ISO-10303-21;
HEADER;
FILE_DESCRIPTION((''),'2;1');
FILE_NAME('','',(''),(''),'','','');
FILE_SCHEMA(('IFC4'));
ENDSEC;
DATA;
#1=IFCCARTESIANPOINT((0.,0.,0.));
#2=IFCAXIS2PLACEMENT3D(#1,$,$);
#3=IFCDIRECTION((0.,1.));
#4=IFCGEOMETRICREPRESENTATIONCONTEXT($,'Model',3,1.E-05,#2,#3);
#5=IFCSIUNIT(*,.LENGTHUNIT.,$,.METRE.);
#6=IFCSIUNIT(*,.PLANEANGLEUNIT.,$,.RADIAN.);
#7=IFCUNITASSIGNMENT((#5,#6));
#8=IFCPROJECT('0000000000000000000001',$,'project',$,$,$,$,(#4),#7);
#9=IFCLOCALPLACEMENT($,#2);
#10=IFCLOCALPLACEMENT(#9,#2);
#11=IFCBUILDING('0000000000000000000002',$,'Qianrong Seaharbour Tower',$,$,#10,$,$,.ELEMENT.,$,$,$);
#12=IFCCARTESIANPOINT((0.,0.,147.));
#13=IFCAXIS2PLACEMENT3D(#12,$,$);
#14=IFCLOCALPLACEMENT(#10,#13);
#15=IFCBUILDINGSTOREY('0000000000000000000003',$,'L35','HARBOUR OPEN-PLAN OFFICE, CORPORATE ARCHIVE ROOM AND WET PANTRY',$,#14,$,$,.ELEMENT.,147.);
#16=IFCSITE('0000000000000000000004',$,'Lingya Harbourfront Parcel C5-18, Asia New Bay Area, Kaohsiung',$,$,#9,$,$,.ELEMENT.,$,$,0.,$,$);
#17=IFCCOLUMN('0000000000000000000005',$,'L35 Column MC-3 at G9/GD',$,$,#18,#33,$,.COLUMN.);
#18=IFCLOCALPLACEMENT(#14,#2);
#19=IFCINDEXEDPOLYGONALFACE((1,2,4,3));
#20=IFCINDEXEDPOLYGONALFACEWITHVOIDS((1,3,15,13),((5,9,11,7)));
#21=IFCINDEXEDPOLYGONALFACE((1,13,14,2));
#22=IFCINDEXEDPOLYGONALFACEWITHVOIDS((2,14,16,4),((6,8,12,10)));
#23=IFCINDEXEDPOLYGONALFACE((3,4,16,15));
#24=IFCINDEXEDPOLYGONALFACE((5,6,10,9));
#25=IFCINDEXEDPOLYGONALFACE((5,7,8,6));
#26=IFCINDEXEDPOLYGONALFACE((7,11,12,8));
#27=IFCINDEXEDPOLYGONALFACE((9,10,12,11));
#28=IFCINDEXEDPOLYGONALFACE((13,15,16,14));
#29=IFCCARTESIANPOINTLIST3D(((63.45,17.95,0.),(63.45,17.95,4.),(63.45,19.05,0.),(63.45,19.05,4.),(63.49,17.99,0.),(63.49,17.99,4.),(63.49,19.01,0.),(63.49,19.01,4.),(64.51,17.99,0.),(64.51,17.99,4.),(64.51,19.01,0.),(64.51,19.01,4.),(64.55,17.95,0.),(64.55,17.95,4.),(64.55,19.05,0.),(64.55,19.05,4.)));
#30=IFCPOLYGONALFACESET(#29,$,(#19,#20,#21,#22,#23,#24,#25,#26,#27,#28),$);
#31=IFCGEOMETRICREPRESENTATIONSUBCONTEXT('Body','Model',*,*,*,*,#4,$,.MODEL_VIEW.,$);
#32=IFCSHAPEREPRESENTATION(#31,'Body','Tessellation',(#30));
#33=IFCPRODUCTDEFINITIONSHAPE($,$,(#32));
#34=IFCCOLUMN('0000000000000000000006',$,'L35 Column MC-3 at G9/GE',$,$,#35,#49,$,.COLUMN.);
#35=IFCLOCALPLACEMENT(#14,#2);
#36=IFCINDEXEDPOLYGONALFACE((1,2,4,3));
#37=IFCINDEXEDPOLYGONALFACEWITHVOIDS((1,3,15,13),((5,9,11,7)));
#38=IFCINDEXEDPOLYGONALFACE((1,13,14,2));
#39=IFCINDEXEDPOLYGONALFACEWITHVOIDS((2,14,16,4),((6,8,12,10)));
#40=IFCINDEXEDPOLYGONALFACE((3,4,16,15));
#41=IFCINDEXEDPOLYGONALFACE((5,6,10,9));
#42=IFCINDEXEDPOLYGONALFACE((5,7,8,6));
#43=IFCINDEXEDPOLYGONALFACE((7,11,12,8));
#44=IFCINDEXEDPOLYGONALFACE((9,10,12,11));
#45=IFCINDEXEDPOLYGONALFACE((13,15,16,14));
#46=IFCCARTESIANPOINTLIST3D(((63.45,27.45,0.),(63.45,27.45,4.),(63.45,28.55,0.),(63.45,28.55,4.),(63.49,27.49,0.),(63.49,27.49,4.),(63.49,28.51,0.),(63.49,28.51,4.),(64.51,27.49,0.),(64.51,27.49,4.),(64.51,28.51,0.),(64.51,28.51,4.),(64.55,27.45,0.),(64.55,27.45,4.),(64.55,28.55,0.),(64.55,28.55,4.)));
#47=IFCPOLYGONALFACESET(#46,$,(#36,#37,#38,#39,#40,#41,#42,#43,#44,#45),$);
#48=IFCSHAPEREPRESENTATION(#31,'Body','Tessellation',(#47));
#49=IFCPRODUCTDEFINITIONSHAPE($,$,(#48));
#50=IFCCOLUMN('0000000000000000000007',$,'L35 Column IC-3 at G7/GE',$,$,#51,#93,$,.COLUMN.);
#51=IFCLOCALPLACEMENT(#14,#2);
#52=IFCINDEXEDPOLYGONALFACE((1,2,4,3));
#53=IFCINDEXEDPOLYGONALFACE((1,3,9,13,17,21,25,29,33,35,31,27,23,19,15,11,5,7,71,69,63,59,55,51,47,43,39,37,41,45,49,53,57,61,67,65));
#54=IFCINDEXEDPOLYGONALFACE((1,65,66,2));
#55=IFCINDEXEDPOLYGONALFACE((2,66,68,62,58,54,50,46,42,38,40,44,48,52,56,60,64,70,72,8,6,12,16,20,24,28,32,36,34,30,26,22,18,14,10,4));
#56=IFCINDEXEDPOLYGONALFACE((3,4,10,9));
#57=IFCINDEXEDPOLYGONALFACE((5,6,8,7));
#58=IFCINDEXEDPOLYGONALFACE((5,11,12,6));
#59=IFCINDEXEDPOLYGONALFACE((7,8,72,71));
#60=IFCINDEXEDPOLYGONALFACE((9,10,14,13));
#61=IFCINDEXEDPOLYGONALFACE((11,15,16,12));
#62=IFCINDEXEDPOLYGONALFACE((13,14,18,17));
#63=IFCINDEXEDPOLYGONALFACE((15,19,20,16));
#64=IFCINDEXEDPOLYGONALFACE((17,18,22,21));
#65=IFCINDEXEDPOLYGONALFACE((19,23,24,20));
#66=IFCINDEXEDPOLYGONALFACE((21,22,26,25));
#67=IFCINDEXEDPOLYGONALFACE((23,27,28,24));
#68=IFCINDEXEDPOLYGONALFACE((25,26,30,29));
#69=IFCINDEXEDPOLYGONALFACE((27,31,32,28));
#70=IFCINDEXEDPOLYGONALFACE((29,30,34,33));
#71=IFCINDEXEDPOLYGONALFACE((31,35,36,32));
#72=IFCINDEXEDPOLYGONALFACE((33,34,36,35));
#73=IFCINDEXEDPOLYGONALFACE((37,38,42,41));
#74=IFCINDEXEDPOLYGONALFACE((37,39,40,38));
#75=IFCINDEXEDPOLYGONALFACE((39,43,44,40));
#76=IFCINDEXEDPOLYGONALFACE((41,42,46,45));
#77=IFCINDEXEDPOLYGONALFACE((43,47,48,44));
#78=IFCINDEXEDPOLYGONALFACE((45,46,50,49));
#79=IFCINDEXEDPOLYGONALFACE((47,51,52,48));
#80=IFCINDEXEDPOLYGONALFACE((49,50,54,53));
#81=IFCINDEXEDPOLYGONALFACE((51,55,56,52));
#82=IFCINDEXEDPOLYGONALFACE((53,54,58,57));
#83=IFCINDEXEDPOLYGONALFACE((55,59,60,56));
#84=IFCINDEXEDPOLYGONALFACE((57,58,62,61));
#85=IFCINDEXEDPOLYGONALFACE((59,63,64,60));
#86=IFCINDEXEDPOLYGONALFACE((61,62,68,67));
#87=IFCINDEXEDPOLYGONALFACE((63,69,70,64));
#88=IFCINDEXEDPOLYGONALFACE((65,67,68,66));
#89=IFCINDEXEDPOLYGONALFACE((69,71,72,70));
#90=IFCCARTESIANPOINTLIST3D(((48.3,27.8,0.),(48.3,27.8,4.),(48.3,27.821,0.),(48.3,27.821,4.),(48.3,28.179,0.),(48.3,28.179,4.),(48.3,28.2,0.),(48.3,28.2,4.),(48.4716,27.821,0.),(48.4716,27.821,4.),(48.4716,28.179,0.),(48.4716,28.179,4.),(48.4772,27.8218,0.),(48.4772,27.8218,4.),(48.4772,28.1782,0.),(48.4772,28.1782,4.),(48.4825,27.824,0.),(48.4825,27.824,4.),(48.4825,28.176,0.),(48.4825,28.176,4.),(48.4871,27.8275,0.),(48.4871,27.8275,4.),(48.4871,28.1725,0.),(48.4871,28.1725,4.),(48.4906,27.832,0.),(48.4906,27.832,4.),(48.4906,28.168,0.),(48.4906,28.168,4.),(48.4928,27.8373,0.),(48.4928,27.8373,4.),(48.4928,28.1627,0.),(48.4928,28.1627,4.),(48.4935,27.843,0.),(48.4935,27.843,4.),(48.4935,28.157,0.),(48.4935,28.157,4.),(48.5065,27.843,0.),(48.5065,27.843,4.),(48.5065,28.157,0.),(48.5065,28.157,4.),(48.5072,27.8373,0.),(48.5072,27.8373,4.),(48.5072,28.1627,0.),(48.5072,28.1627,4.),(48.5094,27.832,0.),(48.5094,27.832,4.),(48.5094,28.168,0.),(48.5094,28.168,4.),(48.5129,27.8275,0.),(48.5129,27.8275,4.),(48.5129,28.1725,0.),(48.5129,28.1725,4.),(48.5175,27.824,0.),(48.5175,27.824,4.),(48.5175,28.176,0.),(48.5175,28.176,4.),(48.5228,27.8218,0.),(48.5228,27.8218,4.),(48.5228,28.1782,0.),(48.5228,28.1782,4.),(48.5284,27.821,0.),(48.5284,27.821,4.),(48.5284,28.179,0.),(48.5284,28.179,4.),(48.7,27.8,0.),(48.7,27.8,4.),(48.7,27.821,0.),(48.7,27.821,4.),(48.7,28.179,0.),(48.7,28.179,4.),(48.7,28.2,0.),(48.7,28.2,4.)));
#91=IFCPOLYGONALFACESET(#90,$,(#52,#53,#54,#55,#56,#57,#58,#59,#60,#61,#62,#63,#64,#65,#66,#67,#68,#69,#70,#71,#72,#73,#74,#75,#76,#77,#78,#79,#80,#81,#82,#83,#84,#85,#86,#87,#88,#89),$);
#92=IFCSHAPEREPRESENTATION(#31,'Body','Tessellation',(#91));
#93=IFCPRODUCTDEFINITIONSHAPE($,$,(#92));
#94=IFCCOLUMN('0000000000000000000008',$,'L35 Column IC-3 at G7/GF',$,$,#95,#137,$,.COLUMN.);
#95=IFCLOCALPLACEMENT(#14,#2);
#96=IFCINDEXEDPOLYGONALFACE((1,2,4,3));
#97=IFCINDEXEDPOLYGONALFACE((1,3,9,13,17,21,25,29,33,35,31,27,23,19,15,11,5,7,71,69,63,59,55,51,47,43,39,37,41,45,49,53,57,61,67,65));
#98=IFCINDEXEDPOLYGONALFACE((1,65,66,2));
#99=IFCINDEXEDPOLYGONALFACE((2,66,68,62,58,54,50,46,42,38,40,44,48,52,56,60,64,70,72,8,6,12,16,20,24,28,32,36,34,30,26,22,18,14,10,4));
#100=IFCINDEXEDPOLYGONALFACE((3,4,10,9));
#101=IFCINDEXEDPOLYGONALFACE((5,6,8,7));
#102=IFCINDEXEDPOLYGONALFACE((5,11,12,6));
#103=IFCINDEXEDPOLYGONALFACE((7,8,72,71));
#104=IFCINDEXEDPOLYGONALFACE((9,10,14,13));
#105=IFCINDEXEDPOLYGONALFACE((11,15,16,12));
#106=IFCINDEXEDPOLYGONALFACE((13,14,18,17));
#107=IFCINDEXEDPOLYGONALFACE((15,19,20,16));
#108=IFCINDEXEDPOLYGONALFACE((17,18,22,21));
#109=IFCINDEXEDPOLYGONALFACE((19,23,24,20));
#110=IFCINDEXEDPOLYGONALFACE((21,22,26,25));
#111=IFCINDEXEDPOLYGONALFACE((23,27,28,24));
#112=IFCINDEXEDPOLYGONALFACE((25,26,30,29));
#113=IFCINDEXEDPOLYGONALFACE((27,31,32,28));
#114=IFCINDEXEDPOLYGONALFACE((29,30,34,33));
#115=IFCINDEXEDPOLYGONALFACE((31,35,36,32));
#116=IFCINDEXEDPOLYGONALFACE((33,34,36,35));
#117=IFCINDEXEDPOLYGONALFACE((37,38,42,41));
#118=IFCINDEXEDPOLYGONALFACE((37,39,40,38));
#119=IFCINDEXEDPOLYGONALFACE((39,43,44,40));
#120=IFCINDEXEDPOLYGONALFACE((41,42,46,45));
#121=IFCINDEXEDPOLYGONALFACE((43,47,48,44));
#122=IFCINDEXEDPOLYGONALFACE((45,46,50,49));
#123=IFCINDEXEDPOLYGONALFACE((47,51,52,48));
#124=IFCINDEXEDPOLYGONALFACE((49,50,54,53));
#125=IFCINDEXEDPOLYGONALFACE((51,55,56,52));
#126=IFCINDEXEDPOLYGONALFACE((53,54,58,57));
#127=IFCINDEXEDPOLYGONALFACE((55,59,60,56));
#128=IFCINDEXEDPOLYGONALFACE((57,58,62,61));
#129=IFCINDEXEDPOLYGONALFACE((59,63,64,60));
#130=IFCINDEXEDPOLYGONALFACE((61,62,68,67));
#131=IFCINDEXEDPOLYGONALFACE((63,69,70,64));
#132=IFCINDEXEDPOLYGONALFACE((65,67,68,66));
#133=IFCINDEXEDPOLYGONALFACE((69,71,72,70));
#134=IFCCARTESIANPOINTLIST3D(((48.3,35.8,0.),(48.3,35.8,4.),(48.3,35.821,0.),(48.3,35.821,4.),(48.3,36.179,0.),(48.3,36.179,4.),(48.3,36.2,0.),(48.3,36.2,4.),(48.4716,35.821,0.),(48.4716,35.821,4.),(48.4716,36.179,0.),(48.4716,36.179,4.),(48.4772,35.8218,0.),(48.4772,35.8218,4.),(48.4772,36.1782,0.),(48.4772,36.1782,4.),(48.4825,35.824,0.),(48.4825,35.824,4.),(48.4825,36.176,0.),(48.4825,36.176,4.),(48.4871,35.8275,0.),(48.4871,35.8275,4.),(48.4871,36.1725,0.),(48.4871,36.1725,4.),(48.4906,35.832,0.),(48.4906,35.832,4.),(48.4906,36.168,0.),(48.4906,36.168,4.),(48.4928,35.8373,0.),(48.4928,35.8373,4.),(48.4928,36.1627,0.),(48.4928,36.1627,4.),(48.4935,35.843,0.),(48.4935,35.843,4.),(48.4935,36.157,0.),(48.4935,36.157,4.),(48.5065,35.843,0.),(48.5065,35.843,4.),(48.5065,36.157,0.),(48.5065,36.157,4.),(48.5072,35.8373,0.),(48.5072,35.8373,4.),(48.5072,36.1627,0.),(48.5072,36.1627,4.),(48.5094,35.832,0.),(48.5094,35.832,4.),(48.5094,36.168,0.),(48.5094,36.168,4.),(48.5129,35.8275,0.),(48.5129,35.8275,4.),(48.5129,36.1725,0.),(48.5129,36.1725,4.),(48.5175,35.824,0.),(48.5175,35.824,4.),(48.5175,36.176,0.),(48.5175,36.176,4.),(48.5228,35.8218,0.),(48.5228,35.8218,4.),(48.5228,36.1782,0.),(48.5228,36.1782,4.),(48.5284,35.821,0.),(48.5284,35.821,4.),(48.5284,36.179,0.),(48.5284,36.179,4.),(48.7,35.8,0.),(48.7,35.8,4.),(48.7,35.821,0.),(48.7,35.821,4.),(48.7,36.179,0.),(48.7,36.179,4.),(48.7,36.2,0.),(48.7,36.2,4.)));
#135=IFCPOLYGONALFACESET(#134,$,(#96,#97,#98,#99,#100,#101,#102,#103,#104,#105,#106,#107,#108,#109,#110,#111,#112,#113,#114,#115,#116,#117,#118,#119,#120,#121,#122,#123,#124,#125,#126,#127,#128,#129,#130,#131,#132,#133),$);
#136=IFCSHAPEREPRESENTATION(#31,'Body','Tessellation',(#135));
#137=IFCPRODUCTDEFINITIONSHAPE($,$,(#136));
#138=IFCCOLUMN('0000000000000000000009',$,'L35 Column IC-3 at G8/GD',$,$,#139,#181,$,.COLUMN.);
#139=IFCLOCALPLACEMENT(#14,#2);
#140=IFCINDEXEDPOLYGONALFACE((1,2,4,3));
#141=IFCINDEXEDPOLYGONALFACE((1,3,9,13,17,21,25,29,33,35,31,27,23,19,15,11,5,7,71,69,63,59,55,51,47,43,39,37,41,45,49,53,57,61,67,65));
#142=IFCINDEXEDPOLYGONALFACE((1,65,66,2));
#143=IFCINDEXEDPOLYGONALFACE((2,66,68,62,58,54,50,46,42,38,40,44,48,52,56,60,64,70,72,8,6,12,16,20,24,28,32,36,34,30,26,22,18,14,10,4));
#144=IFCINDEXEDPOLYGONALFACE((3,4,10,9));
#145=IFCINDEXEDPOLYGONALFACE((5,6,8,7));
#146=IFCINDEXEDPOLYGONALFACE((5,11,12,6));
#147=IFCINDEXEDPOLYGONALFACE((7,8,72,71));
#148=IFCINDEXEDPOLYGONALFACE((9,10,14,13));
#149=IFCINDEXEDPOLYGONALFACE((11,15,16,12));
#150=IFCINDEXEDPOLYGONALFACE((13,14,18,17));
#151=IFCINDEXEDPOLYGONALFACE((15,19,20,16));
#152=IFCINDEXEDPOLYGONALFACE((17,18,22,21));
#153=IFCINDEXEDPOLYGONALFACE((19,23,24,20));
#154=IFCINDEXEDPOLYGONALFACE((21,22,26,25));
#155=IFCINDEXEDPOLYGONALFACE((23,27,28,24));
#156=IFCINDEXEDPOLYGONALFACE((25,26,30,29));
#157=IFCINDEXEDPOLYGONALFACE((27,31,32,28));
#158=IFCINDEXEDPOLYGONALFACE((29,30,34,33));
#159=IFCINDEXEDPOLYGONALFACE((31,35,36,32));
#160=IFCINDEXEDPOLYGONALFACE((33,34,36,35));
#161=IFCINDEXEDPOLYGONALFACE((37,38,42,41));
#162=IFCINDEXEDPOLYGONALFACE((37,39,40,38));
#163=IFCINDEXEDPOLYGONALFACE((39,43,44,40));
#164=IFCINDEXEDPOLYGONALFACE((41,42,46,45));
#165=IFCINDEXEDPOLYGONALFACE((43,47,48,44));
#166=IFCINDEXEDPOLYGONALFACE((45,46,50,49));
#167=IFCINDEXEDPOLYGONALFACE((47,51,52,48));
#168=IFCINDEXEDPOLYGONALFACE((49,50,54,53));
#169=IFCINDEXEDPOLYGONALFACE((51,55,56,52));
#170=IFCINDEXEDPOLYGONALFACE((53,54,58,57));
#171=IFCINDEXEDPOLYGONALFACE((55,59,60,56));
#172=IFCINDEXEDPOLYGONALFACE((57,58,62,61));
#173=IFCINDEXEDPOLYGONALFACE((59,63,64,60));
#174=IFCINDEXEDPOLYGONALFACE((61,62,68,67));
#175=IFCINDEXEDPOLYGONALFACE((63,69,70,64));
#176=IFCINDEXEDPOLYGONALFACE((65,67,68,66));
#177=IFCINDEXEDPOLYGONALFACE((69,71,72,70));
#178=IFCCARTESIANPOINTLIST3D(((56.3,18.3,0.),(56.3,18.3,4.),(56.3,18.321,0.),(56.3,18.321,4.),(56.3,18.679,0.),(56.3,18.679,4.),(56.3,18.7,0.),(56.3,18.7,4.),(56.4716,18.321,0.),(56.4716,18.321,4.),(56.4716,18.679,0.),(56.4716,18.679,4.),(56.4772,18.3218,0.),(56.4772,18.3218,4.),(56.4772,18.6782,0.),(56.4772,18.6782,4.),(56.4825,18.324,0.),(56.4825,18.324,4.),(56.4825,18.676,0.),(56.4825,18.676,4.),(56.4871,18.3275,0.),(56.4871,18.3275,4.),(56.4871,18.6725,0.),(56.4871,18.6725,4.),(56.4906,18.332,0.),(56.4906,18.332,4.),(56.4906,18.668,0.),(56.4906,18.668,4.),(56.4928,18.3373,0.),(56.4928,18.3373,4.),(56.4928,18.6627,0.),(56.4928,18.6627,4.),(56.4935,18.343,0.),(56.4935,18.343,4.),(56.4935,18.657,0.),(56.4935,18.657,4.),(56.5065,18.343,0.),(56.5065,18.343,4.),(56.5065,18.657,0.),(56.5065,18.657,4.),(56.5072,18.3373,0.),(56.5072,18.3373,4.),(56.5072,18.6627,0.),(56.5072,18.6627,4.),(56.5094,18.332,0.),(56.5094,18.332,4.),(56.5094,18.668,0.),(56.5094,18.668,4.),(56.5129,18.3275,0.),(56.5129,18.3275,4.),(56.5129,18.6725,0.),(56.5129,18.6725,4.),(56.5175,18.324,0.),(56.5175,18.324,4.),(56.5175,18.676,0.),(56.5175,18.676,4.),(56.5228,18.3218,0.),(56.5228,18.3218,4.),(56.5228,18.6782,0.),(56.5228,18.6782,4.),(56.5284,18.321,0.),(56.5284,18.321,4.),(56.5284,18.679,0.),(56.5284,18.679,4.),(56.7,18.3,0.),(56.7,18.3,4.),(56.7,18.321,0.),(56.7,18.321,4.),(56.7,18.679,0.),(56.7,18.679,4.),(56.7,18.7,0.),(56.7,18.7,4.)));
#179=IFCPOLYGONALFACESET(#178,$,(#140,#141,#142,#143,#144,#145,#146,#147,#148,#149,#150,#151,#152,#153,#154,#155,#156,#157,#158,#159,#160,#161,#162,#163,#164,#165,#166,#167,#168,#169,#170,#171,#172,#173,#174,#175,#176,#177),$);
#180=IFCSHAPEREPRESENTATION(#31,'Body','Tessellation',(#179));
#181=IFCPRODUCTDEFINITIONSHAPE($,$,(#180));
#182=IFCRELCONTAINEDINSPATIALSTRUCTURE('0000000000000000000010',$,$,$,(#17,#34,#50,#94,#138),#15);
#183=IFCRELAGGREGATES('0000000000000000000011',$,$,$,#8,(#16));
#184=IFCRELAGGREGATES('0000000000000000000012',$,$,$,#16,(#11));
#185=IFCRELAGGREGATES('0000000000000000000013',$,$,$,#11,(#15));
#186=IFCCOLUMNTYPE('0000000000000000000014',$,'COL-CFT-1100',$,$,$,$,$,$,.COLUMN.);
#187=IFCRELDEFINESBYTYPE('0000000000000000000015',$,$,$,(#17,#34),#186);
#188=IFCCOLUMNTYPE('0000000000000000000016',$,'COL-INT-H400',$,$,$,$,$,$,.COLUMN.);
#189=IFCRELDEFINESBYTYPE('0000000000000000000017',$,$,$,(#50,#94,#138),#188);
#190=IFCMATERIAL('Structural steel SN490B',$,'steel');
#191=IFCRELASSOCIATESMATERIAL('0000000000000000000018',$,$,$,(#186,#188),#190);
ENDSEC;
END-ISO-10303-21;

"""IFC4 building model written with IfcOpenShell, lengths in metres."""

from ifc_helpers import new_model, si_unit, direction, frame, origin, origin_2d, place, context, subcontext, project, spatial, hollow_rectangle, i_section, extrude, material, material_profile, profile_set, type_object, element, save


model = new_model("IFC4")

# Units and contexts
model_context = context("Model", 3, precision=1e-05, world=origin(), true_north=direction((0.0, 1.0)))
body_context = subcontext(model_context, "Body", "Model", "MODEL_VIEW")
ifc_project = project(units=[si_unit("LENGTHUNIT", "METRE"), si_unit("PLANEANGLEUNIT", "RADIAN")], contexts=[model_context])

# Site, building, storey
site_placement = place(None, origin())
site = spatial("IfcSite", under=ifc_project, at=site_placement, Name="Lingya Harbourfront Parcel C5-18, Asia New Bay Area, Kaohsiung", CompositionType="ELEMENT", RefElevation=0.0)
building_placement = place(site_placement, origin())
building = spatial("IfcBuilding", under=site, at=building_placement, Name="Qianrong Seaharbour Tower", CompositionType="ELEMENT")
storey_placement = place(building_placement, frame((0.0, 0.0, 147.0)))
storey = spatial("IfcBuildingStorey", under=building, at=storey_placement, Name="L35", Description="HARBOUR OPEN-PLAN OFFICE, CORPORATE ARCHIVE ROOM AND WET PANTRY", CompositionType="ELEMENT", Elevation=147.0)

# Columns
ifc_material_1 = material(Name="Structural steel SN490B", Category="steel")
ifc_material_profile_1 = material_profile(ifc_material_1, hollow_rectangle(XDim=1.1001, YDim=1.1001, WallThickness=0.04, at=origin_2d()), Name="BOX1100x1100x40")
ifc_profile_set_1 = profile_set([ifc_material_profile_1], Name="Structural steel SN490B")
column_type_1 = type_object("IfcColumnType", Name="COL-CFT-1100", PredefinedType="COLUMN", material=ifc_profile_set_1)
for number, where, z_axis, x_axis, name in (
    (1, (64.0, 18.5, 0.0), (0.0, 0.0, 1.0), (1.0, 0.0, 0.0), "L35 Column MC-3 at G9/GD"),
    (2, (64.0, 28.0, 0.0), (0.0, 0.0, 1.0), (1.0, 0.0, 0.0), "L35 Column MC-3 at G9/GE"),
):
    element("IfcColumn", number, at=place(storey_placement, frame(where, z_axis=z_axis, x_axis=x_axis)), inside=storey, type_object=column_type_1, Name=name, PredefinedType="COLUMN", context=body_context, shape_type="SweptSolid", body=[
        extrude(hollow_rectangle(XDim=1.1001, YDim=1.1001, WallThickness=0.04, at=origin_2d()), origin(), (0.0, 0.0, 1.0), 4.0),
    ])
ifc_material_profile_2 = material_profile(ifc_material_1, i_section(OverallWidth=0.3999, OverallDepth=0.3999, WebThickness=0.0129, FlangeThickness=0.021, FilletRadius=0.022, at=origin_2d()), Name="H400x400x13x21")
ifc_profile_set_2 = profile_set([ifc_material_profile_2], Name="Structural steel SN490B")
column_type_2 = type_object("IfcColumnType", Name="COL-INT-H400", PredefinedType="COLUMN", material=ifc_profile_set_2)
for number, where, z_axis, x_axis, name in (
    (3, (48.5, 28.0, 0.0), (0.0, 0.0, 1.0), (1.0, 0.0, 0.0), "L35 Column IC-3 at G7/GE"),
    (4, (48.5, 36.0, 0.0), (0.0, 0.0, 1.0), (1.0, 0.0, 0.0), "L35 Column IC-3 at G7/GF"),
    (5, (56.5, 18.5, 0.0), (0.0, 0.0, 1.0), (1.0, 0.0, 0.0), "L35 Column IC-3 at G8/GD"),
):
    element("IfcColumn", number, at=place(storey_placement, frame(where, z_axis=z_axis, x_axis=x_axis)), inside=storey, type_object=column_type_2, Name=name, PredefinedType="COLUMN", context=body_context, shape_type="SweptSolid", body=[
        extrude(i_section(OverallWidth=0.3999, OverallDepth=0.3999, WebThickness=0.0129, FlangeThickness=0.021, FilletRadius=0.022, at=origin_2d()), origin(), (0.0, 0.0, 1.0), 4.0),
    ])

save(model, "model.ifc")
